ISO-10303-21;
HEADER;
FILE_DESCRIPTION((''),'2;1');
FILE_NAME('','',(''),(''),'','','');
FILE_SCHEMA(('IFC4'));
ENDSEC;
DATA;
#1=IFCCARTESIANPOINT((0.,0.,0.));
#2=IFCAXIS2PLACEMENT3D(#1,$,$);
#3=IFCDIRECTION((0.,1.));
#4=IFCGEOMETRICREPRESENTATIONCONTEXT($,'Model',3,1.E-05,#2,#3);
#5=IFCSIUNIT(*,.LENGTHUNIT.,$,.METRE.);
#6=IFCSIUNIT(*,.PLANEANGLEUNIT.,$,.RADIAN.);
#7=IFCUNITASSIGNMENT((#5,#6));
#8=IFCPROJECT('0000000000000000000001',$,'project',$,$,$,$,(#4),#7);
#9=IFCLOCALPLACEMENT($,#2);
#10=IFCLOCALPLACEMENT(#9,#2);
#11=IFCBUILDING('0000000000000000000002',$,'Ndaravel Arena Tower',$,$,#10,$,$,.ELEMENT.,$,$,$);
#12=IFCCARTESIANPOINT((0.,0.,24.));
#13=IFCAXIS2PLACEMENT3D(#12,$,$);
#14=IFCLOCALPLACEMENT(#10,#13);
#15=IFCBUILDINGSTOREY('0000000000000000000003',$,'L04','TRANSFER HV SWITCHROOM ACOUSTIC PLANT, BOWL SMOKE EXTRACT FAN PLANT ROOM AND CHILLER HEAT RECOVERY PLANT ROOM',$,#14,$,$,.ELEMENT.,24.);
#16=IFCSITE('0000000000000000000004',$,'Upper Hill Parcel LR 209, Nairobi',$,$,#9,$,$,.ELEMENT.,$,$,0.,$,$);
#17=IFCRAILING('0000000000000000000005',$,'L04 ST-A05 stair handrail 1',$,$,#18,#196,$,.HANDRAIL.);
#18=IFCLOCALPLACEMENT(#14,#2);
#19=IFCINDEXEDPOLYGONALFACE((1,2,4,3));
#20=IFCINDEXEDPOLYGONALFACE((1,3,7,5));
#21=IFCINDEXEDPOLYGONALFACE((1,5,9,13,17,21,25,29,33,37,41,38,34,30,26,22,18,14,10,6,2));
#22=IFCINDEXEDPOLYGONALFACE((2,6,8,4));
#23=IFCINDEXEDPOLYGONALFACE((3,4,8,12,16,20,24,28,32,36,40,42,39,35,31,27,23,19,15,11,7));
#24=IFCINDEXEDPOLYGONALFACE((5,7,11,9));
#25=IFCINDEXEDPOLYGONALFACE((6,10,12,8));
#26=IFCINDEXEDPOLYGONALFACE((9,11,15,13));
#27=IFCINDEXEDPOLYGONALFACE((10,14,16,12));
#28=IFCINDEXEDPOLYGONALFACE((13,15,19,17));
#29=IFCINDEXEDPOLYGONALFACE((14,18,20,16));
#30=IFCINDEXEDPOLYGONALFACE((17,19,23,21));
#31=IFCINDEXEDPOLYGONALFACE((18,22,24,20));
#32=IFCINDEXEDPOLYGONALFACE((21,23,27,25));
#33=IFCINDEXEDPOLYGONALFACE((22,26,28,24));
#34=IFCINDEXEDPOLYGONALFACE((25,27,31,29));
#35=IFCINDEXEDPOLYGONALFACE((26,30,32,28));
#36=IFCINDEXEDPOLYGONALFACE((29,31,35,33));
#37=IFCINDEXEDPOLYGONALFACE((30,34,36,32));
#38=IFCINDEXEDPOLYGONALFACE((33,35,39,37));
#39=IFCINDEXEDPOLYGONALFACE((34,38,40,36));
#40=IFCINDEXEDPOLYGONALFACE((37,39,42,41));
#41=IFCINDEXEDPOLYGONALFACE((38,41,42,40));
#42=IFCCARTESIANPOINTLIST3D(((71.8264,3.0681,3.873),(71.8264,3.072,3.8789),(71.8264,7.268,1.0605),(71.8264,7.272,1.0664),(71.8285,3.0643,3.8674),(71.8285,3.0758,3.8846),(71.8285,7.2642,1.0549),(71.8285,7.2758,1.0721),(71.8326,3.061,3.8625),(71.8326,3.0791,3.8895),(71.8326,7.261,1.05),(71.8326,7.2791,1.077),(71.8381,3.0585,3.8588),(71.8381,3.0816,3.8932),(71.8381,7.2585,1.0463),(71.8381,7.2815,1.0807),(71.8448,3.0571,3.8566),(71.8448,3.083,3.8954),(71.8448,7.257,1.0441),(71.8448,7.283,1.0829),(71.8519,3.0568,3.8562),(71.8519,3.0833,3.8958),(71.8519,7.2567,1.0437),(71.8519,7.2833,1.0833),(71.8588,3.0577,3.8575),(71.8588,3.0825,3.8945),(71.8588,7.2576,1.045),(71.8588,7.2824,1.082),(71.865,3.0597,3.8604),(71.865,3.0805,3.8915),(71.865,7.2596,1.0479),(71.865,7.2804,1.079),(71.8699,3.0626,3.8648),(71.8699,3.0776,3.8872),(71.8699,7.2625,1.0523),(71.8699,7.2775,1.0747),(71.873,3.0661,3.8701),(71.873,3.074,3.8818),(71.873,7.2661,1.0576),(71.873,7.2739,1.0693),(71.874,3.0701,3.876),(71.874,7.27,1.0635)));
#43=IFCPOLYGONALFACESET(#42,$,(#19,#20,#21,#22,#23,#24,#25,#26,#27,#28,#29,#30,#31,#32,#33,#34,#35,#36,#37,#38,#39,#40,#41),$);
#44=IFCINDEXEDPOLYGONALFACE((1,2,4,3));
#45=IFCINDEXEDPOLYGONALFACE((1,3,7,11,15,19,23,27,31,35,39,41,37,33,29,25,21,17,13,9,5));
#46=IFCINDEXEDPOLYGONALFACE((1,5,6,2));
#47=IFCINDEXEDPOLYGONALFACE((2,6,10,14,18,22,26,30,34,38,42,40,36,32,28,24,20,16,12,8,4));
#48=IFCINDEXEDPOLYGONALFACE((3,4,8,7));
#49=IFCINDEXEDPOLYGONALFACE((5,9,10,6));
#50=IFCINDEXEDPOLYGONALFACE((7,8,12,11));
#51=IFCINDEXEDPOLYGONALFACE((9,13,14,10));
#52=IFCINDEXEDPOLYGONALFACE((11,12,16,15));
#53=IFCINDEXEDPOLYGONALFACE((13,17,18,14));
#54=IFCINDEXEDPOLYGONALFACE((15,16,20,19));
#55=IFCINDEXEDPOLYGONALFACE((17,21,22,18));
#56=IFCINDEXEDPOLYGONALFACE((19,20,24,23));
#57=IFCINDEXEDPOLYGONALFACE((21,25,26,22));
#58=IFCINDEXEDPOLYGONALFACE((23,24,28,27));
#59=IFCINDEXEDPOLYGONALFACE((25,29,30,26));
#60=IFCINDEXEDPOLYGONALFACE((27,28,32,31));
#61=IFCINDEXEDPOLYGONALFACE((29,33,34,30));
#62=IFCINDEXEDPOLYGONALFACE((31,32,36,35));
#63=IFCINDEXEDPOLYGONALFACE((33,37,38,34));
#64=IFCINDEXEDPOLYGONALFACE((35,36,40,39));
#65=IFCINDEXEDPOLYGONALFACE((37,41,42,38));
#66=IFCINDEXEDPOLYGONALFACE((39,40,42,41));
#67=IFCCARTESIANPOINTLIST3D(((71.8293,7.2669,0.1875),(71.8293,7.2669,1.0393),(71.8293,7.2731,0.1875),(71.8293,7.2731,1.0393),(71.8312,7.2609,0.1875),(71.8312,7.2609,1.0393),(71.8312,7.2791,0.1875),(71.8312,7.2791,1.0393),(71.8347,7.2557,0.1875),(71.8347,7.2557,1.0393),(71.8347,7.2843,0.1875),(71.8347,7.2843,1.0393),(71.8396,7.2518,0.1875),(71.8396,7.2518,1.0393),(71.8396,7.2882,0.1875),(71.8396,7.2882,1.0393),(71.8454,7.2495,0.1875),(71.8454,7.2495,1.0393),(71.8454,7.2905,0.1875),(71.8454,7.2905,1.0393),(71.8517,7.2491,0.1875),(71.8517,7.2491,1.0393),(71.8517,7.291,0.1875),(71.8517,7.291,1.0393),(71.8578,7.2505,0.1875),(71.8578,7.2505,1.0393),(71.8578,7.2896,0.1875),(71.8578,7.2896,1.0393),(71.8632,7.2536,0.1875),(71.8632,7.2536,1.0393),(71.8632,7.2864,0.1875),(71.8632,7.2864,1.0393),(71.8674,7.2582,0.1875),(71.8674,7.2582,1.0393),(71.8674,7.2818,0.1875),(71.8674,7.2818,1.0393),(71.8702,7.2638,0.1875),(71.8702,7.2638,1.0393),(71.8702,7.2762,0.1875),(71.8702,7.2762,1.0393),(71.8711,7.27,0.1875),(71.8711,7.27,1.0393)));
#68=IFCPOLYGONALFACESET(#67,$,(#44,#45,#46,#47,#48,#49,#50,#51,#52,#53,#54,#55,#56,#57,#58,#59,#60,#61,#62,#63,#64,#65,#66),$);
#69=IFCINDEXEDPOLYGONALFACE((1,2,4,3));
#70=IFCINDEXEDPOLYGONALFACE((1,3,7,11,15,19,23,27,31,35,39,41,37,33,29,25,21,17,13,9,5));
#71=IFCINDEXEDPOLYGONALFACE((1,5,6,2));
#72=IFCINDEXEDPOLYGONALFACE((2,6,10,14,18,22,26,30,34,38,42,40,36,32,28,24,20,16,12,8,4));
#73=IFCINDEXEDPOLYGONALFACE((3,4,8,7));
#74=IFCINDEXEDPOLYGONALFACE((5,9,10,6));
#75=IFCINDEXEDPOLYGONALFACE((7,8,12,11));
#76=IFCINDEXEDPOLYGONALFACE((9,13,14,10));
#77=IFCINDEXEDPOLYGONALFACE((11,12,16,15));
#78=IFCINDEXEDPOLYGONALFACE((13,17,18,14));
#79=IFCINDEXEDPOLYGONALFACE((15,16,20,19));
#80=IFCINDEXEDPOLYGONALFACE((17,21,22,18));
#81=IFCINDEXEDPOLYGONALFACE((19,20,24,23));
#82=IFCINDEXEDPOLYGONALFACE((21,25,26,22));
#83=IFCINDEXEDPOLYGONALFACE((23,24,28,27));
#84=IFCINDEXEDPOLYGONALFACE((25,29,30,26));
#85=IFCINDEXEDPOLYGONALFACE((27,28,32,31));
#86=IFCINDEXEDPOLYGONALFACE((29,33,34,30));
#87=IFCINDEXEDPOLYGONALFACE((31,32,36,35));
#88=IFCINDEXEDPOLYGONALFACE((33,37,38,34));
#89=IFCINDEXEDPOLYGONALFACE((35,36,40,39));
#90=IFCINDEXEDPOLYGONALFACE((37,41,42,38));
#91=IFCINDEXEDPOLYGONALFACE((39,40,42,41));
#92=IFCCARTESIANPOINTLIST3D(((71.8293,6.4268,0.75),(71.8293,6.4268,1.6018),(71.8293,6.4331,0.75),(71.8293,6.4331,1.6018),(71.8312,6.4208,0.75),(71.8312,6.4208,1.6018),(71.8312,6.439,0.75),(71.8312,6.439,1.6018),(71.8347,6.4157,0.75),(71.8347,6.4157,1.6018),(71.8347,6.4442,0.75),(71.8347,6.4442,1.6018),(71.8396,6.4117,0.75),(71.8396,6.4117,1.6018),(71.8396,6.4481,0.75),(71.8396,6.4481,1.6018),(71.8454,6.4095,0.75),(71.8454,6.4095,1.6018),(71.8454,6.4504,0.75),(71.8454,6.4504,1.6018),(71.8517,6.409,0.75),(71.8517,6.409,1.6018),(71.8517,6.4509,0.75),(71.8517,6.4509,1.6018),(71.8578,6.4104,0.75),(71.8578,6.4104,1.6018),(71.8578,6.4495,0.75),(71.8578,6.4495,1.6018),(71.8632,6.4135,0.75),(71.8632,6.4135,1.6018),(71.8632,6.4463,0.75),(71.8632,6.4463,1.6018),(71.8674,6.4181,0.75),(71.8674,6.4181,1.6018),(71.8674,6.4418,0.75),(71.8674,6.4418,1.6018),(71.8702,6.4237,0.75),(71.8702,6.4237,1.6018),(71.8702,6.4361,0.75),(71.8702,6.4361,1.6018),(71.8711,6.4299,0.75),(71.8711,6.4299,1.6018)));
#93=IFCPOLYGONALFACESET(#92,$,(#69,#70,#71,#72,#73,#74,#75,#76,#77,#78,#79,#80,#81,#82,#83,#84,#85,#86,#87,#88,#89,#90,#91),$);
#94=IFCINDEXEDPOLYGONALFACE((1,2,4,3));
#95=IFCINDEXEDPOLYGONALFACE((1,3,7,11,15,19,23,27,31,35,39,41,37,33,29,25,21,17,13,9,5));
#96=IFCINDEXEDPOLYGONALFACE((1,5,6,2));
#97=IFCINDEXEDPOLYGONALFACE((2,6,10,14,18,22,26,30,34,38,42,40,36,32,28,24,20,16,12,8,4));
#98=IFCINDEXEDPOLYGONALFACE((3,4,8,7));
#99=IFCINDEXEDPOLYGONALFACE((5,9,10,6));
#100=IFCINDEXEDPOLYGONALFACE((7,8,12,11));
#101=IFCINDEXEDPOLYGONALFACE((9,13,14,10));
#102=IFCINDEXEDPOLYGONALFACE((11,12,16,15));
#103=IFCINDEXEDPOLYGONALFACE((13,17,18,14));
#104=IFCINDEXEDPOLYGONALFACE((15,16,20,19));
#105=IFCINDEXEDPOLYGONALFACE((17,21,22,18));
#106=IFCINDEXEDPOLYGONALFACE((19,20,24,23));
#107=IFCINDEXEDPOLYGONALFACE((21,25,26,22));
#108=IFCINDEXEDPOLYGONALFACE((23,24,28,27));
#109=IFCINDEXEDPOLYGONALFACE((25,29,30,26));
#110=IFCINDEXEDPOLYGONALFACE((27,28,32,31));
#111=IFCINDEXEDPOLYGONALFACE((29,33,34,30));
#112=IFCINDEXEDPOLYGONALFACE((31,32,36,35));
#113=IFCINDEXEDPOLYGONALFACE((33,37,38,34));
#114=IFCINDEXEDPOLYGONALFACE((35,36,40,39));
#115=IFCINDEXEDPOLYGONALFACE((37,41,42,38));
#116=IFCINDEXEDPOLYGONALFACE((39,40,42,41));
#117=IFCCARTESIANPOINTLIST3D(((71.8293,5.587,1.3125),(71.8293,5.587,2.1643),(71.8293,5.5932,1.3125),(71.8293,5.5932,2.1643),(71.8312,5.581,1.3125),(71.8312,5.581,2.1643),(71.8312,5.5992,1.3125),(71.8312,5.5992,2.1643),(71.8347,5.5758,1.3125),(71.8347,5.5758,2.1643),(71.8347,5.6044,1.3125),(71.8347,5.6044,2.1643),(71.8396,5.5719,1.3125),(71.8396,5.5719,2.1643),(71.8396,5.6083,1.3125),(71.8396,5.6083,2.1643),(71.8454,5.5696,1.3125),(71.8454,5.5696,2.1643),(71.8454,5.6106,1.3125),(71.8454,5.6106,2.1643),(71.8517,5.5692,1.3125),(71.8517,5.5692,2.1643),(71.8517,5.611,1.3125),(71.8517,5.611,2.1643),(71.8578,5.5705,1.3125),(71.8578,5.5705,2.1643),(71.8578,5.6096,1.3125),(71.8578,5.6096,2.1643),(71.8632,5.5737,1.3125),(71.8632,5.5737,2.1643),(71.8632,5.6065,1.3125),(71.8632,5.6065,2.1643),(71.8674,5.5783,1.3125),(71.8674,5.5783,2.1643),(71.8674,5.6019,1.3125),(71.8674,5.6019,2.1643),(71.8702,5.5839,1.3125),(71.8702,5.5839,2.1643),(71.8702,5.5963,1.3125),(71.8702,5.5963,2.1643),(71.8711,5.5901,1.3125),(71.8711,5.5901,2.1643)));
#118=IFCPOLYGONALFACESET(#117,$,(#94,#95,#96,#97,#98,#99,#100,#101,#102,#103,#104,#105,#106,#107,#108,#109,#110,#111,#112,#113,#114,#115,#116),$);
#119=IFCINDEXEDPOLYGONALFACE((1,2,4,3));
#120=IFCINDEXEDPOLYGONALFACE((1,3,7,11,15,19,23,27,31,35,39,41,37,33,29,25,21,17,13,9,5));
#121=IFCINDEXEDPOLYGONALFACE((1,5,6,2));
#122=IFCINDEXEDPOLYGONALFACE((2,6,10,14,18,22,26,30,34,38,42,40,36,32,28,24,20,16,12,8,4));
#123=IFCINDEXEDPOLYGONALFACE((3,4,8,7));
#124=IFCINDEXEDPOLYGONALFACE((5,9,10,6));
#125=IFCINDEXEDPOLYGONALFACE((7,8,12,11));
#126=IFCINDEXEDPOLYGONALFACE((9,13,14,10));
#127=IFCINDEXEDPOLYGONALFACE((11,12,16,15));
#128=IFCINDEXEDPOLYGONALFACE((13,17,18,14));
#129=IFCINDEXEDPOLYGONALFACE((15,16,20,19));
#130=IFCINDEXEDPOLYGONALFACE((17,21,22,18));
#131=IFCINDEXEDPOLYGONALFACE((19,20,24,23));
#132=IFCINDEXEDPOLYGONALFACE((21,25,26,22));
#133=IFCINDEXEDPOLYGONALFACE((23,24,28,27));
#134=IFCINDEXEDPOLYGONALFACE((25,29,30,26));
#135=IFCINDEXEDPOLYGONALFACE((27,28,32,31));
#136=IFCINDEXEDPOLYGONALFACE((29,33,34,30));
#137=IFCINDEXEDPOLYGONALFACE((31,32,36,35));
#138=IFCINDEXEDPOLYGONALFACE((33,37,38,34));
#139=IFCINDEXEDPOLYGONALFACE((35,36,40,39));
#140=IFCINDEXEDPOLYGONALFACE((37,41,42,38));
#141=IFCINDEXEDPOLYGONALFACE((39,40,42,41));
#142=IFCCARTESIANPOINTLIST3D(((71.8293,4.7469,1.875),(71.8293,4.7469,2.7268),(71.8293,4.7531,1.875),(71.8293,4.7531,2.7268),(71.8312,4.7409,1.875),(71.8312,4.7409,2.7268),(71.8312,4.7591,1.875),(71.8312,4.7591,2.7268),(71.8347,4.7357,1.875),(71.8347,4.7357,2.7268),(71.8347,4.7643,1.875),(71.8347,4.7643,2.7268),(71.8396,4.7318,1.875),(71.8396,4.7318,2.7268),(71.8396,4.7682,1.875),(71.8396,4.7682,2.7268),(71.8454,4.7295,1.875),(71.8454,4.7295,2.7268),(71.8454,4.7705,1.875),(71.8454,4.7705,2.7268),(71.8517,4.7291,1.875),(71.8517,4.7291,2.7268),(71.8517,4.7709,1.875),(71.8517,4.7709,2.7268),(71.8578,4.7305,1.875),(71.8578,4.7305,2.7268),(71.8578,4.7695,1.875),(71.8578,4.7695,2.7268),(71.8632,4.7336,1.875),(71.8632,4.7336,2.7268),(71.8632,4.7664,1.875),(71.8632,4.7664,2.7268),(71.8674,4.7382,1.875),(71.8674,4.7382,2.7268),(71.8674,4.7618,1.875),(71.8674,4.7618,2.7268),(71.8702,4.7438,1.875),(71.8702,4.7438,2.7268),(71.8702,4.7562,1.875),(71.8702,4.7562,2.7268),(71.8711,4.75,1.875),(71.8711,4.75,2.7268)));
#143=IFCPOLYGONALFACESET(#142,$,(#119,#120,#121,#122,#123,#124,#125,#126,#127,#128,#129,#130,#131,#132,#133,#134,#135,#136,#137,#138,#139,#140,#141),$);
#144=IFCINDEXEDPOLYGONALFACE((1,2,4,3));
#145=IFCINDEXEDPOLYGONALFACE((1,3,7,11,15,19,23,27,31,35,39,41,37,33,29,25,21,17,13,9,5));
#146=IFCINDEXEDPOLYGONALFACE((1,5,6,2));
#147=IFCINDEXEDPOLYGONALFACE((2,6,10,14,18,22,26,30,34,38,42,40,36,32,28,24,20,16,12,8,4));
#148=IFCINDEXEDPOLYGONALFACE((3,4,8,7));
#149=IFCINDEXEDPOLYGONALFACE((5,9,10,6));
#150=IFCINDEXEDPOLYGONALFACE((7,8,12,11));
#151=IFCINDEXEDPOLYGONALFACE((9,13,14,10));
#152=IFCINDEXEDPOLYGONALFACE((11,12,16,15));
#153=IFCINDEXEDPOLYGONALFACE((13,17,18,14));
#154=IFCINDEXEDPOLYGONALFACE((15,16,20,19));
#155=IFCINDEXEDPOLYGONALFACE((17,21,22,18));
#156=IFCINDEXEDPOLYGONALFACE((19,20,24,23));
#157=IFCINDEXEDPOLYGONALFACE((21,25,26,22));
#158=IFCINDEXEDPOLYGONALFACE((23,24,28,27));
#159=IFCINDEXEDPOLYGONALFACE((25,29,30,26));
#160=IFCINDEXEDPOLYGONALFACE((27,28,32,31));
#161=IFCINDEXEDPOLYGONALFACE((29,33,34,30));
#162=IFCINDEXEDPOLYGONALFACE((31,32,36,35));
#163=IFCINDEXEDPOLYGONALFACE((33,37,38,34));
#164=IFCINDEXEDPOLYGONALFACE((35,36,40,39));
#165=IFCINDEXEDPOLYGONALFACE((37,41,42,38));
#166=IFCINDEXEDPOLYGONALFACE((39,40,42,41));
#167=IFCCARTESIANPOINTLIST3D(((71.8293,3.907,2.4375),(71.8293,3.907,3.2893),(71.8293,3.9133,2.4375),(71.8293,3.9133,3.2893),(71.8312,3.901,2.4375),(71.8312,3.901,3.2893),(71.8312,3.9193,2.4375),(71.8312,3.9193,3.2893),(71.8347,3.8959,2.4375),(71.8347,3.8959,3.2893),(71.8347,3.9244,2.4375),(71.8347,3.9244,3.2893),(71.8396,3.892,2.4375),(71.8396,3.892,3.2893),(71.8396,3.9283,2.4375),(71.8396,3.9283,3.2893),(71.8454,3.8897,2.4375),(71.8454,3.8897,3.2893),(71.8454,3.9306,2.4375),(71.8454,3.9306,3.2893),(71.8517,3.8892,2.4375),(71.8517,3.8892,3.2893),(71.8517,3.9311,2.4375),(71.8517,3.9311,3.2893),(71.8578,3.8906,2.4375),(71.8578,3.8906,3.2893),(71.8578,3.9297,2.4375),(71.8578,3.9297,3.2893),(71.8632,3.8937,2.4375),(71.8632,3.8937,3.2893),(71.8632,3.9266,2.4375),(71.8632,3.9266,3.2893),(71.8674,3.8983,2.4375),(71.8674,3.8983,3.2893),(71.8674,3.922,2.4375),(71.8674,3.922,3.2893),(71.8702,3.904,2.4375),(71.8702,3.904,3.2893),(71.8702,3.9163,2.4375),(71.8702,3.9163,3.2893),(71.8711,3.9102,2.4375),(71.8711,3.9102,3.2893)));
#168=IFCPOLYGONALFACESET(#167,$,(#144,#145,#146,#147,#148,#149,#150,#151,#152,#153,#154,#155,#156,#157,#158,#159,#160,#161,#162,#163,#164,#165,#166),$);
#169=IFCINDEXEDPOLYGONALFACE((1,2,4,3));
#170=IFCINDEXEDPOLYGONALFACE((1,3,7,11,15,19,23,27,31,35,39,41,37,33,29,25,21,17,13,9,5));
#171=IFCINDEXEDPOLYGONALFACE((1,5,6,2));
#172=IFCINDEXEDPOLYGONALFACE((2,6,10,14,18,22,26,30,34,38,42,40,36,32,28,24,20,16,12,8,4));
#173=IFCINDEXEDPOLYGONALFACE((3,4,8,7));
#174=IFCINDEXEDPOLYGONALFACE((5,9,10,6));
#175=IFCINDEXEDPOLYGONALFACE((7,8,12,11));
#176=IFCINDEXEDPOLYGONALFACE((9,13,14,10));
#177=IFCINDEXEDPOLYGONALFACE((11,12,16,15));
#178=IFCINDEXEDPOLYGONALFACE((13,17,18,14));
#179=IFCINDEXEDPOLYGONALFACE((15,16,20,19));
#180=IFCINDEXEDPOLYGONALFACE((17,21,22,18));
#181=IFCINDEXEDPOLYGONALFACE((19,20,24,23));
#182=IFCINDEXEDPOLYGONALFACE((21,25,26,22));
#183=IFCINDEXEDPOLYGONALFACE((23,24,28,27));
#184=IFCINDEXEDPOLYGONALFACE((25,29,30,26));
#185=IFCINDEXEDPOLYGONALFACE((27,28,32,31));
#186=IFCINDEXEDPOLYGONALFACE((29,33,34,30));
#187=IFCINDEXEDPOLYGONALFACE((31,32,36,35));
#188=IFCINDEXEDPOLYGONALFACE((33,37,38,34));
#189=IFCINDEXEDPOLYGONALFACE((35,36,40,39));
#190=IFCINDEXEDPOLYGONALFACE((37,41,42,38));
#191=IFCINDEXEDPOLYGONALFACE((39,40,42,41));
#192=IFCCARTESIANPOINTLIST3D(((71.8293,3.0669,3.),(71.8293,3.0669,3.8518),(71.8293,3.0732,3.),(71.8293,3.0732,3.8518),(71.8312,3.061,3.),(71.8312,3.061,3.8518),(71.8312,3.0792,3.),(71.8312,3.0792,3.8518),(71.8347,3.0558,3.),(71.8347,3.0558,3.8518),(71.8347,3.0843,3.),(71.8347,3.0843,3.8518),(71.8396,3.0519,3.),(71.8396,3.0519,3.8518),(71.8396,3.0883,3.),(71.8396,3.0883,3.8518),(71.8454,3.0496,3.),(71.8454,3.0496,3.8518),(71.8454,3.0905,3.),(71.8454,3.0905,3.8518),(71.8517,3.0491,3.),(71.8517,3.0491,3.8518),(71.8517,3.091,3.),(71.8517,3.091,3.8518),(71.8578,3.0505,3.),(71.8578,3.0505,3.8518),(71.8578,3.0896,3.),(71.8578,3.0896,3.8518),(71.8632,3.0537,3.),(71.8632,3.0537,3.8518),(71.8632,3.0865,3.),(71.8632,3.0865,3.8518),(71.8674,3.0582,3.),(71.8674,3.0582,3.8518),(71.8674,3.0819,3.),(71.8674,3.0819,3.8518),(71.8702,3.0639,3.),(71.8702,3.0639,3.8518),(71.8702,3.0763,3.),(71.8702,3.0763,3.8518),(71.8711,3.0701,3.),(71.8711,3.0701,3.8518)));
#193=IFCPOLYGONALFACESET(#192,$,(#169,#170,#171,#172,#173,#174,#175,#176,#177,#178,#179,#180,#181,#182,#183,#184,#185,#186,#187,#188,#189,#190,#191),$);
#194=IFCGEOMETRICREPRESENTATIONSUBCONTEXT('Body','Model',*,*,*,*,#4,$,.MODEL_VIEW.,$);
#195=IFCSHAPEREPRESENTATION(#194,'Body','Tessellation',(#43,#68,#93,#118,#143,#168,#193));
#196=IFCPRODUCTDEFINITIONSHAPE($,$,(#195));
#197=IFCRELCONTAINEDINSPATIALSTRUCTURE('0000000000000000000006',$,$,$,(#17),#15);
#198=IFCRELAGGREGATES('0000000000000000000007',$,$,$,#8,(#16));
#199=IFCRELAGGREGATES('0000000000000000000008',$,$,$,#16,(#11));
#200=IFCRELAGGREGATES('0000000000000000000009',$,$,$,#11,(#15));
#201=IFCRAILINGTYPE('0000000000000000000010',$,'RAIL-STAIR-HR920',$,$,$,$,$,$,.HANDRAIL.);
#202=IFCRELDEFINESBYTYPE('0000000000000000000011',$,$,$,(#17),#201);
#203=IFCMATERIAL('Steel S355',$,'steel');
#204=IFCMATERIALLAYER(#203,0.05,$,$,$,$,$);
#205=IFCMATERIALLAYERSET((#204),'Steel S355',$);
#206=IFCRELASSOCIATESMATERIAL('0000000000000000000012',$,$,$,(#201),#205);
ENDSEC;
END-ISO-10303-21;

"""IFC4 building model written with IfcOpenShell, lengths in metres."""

from ifc_helpers import new_model, si_unit, direction, frame, origin, origin_2d, place, context, subcontext, project, spatial, circle, extrude, material, layer, layer_set, type_object, element, save


model = new_model("IFC4")

# Units and contexts
model_context = context("Model", 3, precision=1e-05, world=origin(), true_north=direction((0.0, 1.0)))
body_context = subcontext(model_context, "Body", "Model", "MODEL_VIEW")
ifc_project = project(units=[si_unit("LENGTHUNIT", "METRE"), si_unit("PLANEANGLEUNIT", "RADIAN")], contexts=[model_context])

# Site, building, storey
site_placement = place(None, origin())
site = spatial("IfcSite", under=ifc_project, at=site_placement, Name="Upper Hill Parcel LR 209, Nairobi", CompositionType="ELEMENT", RefElevation=0.0)
building_placement = place(site_placement, origin())
building = spatial("IfcBuilding", under=site, at=building_placement, Name="Ndaravel Arena Tower", CompositionType="ELEMENT")
storey_placement = place(building_placement, frame((0.0, 0.0, 24.0)))
storey = spatial("IfcBuildingStorey", under=building, at=storey_placement, Name="L04", Description="TRANSFER HV SWITCHROOM ACOUSTIC PLANT, BOWL SMOKE EXTRACT FAN PLANT ROOM AND CHILLER HEAT RECOVERY PLANT ROOM", CompositionType="ELEMENT", Elevation=24.0)

# Railing
ifc_material_1 = material(Name="Steel S355", Category="steel")
ifc_layer_1 = layer(ifc_material_1, 0.05)
ifc_layer_set_1 = layer_set([ifc_layer_1], Name="Steel S355")
railing_type_1 = type_object("IfcRailingType", Name="RAIL-STAIR-HR920", PredefinedType="HANDRAIL", material=ifc_layer_set_1)
railing_1_placement = place(storey_placement, frame((71.8501, 7.27, 0.1875)))
element("IfcRailing", 1, at=railing_1_placement, inside=storey, type_object=railing_type_1, Name="L04 ST-A05 stair handrail 1", PredefinedType="HANDRAIL", context=body_context, shape_type="SweptSolid", body=[
    extrude(circle(Radius=0.0239, at=origin_2d()), frame((0.0, 0.0, 0.876), z_axis=(0.0, -0.830904, 0.556416), x_axis=(1.0, 0.0, 0.0)), (0.0, 0.0, 1.0), 5.0547),
    extrude(circle(Radius=0.021, at=origin_2d()), origin(), (0.0, 0.0, 1.0), 0.8518),
    extrude(circle(Radius=0.021, at=origin_2d()), frame((0.0, -0.8401, 0.5625)), (0.0, 0.0, 1.0), 0.8518),
    extrude(circle(Radius=0.021, at=origin_2d()), frame((0.0, -1.6799, 1.125)), (0.0, 0.0, 1.0), 0.8518),
    extrude(circle(Radius=0.021, at=origin_2d()), frame((0.0, -2.52, 1.6875)), (0.0, 0.0, 1.0), 0.8518),
    extrude(circle(Radius=0.021, at=origin_2d()), frame((0.0, -3.3599, 2.25)), (0.0, 0.0, 1.0), 0.8518),
    extrude(circle(Radius=0.021, at=origin_2d()), frame((0.0, -4.2, 2.8125)), (0.0, 0.0, 1.0), 0.8518),
])

save(model, "model.ifc")
